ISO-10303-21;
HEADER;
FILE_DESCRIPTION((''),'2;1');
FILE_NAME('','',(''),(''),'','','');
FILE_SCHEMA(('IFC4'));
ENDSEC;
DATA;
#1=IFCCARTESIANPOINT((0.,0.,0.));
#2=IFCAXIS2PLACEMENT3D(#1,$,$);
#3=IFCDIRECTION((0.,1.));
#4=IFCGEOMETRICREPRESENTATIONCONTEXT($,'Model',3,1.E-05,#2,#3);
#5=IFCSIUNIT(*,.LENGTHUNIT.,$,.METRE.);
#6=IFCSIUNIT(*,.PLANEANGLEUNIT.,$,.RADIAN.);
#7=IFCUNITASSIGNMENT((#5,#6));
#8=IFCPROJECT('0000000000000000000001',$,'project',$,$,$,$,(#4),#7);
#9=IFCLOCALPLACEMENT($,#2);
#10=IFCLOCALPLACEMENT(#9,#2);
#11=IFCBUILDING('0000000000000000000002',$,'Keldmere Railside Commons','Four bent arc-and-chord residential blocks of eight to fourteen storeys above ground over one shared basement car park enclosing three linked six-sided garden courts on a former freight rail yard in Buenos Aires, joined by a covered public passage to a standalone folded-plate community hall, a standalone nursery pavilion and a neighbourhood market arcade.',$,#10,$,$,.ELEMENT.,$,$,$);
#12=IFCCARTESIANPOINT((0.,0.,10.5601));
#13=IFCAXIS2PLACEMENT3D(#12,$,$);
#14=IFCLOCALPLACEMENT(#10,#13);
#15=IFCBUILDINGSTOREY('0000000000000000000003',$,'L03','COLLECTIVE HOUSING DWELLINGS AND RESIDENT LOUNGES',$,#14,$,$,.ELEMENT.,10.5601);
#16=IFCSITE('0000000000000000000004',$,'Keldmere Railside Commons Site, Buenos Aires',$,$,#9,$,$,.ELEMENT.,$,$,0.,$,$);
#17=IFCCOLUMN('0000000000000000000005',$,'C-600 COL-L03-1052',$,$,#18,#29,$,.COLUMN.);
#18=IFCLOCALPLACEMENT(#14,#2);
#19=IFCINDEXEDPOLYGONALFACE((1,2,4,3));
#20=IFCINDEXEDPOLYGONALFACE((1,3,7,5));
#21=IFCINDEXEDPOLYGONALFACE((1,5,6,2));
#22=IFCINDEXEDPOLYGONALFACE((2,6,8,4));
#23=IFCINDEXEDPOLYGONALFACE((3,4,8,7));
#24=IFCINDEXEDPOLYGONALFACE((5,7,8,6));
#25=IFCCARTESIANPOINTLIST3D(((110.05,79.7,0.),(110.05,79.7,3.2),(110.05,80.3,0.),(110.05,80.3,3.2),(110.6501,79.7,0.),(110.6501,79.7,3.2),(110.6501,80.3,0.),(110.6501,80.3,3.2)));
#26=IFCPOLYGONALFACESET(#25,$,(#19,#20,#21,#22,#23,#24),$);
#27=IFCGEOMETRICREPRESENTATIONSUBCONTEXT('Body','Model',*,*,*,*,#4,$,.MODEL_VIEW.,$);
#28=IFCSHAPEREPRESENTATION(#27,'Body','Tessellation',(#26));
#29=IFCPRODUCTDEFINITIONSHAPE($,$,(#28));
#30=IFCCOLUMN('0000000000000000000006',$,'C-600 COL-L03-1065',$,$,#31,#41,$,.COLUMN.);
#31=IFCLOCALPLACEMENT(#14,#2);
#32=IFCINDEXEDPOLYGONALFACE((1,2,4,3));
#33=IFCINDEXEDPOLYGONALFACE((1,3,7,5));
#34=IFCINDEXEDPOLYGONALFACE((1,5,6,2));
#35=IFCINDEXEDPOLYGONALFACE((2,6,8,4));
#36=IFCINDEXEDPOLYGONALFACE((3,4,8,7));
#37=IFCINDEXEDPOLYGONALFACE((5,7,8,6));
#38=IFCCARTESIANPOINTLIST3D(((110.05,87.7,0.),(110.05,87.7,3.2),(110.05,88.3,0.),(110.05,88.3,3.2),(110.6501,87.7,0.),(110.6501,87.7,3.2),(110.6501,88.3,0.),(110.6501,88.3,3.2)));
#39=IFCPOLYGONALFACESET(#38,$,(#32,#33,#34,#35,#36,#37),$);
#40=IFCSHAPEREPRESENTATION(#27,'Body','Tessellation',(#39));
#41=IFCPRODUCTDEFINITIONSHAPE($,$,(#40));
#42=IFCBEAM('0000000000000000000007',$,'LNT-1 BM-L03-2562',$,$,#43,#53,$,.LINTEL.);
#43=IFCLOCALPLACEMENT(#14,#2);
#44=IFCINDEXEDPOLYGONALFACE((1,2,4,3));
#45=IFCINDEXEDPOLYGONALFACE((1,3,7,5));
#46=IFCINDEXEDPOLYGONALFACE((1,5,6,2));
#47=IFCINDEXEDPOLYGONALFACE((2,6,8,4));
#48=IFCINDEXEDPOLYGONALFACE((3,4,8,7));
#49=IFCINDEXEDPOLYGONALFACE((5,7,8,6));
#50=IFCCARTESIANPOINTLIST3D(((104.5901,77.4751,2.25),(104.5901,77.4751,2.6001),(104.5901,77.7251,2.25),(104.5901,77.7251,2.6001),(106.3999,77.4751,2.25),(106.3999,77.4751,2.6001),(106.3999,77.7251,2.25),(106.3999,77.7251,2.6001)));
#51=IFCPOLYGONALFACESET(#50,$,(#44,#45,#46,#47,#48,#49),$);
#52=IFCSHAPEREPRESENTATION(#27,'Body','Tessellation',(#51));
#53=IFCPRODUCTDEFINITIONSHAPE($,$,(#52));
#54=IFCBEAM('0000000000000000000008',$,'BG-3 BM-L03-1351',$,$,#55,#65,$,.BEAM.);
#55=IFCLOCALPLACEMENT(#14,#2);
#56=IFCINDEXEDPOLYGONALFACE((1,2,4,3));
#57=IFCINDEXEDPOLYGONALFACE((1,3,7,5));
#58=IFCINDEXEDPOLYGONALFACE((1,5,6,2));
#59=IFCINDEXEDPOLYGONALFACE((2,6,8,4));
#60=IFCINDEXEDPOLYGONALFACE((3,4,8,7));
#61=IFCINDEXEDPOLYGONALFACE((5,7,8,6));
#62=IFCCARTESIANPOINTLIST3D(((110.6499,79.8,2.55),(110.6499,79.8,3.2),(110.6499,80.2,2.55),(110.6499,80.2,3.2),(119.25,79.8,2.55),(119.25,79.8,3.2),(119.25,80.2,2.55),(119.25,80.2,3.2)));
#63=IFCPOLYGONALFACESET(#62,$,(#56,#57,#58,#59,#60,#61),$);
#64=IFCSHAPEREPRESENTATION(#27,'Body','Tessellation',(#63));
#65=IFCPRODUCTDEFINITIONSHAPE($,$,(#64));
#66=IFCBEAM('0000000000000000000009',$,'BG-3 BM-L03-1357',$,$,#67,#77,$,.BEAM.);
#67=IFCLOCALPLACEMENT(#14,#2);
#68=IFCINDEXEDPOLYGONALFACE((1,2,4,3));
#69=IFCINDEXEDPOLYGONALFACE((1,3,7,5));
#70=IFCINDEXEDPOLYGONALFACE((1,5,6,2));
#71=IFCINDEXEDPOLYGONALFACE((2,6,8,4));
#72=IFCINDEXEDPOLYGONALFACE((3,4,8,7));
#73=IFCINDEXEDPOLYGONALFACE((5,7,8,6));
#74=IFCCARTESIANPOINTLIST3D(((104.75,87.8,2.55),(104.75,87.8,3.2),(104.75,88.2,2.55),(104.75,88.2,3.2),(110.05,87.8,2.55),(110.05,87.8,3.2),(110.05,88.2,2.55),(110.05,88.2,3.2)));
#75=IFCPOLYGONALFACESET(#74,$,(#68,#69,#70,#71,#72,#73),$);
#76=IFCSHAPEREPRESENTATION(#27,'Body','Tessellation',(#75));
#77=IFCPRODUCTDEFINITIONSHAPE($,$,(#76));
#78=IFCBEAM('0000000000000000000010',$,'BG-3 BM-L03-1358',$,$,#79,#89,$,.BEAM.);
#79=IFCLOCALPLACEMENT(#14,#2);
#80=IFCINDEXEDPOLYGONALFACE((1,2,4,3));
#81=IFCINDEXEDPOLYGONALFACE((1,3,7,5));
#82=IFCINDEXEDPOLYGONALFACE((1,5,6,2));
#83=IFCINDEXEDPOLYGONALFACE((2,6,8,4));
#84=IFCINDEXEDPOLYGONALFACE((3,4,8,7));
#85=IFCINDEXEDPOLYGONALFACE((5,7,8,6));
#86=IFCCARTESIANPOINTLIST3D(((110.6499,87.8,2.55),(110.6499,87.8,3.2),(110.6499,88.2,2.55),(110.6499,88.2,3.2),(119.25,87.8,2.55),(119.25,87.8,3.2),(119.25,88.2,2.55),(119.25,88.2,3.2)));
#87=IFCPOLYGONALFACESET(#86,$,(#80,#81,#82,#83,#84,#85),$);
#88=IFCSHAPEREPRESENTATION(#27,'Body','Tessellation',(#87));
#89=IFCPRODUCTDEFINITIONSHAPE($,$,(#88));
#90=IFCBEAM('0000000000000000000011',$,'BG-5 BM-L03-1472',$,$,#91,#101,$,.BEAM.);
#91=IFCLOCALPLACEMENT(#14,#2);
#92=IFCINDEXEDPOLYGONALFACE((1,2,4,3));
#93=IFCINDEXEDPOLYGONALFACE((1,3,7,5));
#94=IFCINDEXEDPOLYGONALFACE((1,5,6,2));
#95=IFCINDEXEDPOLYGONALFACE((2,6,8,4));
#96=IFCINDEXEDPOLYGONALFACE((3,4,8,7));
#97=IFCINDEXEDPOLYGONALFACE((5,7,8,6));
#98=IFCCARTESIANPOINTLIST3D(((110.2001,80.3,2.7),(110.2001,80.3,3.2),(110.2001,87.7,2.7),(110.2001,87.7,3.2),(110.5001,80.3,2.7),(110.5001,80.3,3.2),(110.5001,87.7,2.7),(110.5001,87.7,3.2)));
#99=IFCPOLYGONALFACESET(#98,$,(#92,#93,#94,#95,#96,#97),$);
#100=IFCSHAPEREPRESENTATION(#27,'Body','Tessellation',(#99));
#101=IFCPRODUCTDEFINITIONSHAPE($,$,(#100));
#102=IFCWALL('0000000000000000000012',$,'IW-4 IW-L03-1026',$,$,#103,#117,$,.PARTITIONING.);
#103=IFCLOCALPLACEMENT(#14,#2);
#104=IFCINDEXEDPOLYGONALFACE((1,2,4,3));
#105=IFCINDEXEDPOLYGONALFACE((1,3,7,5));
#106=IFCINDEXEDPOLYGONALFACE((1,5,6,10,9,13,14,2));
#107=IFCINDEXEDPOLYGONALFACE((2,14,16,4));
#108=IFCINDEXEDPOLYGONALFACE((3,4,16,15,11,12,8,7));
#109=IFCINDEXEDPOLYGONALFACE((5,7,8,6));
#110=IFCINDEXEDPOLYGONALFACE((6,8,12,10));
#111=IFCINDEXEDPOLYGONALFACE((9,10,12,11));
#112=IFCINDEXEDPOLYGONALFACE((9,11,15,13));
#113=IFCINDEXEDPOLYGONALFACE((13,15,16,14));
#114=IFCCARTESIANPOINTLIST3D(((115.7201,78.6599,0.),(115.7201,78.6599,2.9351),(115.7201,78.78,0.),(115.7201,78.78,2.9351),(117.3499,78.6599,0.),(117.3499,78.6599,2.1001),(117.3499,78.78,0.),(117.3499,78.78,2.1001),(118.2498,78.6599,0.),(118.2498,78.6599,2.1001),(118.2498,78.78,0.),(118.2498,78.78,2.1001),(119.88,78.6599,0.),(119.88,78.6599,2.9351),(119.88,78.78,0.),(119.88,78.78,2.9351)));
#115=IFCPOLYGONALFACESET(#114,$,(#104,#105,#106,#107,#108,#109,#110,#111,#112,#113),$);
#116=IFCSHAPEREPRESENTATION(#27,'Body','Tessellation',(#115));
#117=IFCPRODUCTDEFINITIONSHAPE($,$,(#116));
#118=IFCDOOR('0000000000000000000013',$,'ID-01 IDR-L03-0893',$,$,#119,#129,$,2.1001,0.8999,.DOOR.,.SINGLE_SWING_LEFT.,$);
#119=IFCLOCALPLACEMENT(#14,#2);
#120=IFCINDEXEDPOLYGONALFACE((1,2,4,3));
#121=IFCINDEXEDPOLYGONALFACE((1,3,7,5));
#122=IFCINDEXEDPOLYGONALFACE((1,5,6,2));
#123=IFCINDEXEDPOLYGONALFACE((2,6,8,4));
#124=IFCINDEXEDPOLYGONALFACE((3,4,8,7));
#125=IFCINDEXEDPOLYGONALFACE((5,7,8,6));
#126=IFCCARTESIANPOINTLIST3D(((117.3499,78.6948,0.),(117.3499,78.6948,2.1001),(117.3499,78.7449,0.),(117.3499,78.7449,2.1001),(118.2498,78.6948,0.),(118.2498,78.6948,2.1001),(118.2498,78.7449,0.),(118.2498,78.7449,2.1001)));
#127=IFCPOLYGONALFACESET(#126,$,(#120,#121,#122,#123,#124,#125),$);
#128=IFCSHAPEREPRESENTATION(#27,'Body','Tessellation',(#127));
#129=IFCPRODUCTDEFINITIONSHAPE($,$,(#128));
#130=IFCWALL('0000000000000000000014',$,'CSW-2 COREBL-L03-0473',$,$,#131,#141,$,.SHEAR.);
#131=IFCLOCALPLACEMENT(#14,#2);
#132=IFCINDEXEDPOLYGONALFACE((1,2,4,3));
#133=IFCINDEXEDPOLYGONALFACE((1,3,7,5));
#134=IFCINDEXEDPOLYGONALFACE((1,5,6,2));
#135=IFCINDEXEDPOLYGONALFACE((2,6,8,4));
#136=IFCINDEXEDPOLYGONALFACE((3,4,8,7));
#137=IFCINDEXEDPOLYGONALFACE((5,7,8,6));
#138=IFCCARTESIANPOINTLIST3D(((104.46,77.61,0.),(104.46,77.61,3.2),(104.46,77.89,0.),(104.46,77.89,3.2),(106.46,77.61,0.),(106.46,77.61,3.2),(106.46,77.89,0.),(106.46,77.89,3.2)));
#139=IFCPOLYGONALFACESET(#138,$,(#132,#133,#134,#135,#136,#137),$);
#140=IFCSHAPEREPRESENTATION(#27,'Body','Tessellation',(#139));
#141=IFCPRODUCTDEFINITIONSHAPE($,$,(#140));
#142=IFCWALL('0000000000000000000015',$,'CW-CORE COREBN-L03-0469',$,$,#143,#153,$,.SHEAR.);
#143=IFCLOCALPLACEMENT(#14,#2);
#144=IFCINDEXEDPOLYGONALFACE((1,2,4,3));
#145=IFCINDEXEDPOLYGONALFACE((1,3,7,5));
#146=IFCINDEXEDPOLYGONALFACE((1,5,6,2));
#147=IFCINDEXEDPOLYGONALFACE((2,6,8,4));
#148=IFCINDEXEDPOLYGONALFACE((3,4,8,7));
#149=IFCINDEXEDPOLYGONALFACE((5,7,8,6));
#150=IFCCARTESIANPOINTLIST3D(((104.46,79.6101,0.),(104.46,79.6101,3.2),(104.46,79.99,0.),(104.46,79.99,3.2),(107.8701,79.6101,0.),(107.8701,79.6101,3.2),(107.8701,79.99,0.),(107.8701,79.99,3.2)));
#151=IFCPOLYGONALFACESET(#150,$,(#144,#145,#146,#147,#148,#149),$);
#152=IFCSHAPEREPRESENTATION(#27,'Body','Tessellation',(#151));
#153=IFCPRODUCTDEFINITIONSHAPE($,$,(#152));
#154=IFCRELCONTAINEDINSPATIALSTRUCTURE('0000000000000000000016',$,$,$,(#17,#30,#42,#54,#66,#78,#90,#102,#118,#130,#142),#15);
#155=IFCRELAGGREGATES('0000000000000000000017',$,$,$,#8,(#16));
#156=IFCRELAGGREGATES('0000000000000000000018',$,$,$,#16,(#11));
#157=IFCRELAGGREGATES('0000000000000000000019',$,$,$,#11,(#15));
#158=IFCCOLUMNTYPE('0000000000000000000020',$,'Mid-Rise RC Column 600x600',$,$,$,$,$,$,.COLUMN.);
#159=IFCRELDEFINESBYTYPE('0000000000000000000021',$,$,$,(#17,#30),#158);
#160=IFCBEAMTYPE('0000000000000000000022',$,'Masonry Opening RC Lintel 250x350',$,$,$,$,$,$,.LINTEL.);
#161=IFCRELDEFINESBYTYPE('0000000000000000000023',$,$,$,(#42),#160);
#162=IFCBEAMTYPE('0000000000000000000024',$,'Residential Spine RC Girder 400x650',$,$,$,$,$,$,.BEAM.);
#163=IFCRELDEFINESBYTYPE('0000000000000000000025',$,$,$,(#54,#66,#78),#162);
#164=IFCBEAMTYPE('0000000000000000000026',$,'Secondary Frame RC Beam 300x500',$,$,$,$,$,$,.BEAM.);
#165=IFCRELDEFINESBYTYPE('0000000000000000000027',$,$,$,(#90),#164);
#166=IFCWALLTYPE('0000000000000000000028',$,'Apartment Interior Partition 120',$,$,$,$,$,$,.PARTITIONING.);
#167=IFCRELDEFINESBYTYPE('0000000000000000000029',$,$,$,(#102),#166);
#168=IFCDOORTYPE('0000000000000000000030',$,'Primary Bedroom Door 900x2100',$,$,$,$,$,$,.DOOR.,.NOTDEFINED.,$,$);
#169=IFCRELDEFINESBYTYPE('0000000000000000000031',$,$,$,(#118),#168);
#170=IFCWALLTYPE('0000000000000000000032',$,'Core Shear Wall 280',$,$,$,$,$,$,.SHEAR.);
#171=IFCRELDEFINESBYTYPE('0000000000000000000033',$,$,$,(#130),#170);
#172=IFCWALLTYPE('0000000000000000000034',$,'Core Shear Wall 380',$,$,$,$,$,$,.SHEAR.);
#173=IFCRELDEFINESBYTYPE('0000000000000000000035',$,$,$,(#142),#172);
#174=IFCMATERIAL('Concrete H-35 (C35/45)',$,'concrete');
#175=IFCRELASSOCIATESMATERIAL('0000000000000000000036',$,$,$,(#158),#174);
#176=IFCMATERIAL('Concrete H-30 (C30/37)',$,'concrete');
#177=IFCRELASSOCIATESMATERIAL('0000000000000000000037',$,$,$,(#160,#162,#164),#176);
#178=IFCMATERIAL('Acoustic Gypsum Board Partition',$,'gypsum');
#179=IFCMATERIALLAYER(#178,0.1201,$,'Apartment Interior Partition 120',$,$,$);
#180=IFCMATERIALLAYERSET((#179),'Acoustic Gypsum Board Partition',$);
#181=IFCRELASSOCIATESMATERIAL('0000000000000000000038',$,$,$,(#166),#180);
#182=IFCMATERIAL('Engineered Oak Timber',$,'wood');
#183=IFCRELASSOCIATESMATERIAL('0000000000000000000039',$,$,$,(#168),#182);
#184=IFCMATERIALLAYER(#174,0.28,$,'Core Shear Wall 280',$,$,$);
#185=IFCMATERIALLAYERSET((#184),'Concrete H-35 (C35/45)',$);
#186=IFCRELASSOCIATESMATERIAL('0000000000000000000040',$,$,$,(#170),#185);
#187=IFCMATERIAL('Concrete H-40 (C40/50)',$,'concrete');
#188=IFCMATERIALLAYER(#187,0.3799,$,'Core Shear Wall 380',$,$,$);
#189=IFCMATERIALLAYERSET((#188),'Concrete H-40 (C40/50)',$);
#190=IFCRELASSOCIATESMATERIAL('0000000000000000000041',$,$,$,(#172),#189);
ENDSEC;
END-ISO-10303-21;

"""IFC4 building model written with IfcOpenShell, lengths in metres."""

from ifc_helpers import new_model, si_unit, direction, frame, frame_2d, origin, origin_2d, place, context, subcontext, project, spatial, rectangle, extrude, material, layer, layer_set, material_profile, profile_set, type_object, element, fill, save


model = new_model("IFC4")

# Units and contexts
model_context = context("Model", 3, precision=1e-05, world=origin(), true_north=direction((0.0, 1.0)))
body_context = subcontext(model_context, "Body", "Model", "MODEL_VIEW")
ifc_project = project(units=[si_unit("LENGTHUNIT", "METRE"), si_unit("PLANEANGLEUNIT", "RADIAN")], contexts=[model_context])

# Site, building, storey
site_placement = place(None, origin())
site = spatial("IfcSite", under=ifc_project, at=site_placement, Name="Keldmere Railside Commons Site, Buenos Aires", CompositionType="ELEMENT", RefElevation=0.0)
building_placement = place(site_placement, origin())
building = spatial("IfcBuilding", under=site, at=building_placement, Name="Keldmere Railside Commons", Description="Four bent arc-and-chord residential blocks of eight to fourteen storeys above ground over one shared basement car park enclosing three linked six-sided garden courts on a former freight rail yard in Buenos Aires, joined by a covered public passage to a standalone folded-plate community hall, a standalone nursery pavilion and a neighbourhood market arcade.", CompositionType="ELEMENT")
storey_placement = place(building_placement, frame((0.0, 0.0, 10.5601)))
storey = spatial("IfcBuildingStorey", under=building, at=storey_placement, Name="L03", Description="COLLECTIVE HOUSING DWELLINGS AND RESIDENT LOUNGES", CompositionType="ELEMENT", Elevation=10.5601)

# Columns
ifc_material_1 = material(Name="Concrete H-35 (C35/45)", Category="concrete")
ifc_material_profile_1 = material_profile(ifc_material_1, rectangle(XDim=0.6001, YDim=0.6001, at=origin_2d()), Name="RC-600x600")
ifc_profile_set_1 = profile_set([ifc_material_profile_1], Name="Concrete H-35 (C35/45)")
column_type = type_object("IfcColumnType", Name="Mid-Rise RC Column 600x600", PredefinedType="COLUMN", material=ifc_profile_set_1)
for number, where, z_axis, x_axis, name in (
    (1, (110.3501, 80.0, 0.0), (0.0, 0.0, 1.0), (1.0, 0.0, 0.0), "C-600 COL-L03-1052"),
    (2, (110.3501, 88.0, 0.0), (0.0, 0.0, 1.0), (1.0, 0.0, 0.0), "C-600 COL-L03-1065"),
):
    element("IfcColumn", number, at=place(storey_placement, frame(where, z_axis=z_axis, x_axis=x_axis)), inside=storey, type_object=column_type, Name=name, PredefinedType="COLUMN", context=body_context, shape_type="SweptSolid", body=[
        extrude(rectangle(XDim=0.6001, YDim=0.6001, at=origin_2d()), origin(), (0.0, 0.0, 1.0), 3.2),
    ])

# Beams
ifc_material_2 = material(Name="Concrete H-30 (C30/37)", Category="concrete")
ifc_material_profile_2 = material_profile(ifc_material_2, rectangle(XDim=0.25, YDim=0.3501, at=origin_2d()), Name="RC-250x350")
ifc_profile_set_2 = profile_set([ifc_material_profile_2], Name="Concrete H-30 (C30/37)")
beam_type_1 = type_object("IfcBeamType", Name="Masonry Opening RC Lintel 250x350", PredefinedType="LINTEL", material=ifc_profile_set_2)
beam_1_placement = place(storey_placement, frame((104.5901, 77.6001, 2.425), z_axis=(1.0, 0.0, 0.0), x_axis=(0.0, 1.0, 0.0)))
element("IfcBeam", 3, at=beam_1_placement, inside=storey, type_object=beam_type_1, Name="LNT-1 BM-L03-2562", PredefinedType="LINTEL", context=body_context, shape_type="SweptSolid", body=[
    extrude(rectangle(XDim=0.25, YDim=0.3501, at=origin_2d()), origin(), (0.0, 0.0, 1.0), 1.8098),
])
ifc_material_profile_3 = material_profile(ifc_material_2, rectangle(XDim=0.3999, YDim=0.6499, at=origin_2d()), Name="RC-400x650")
ifc_profile_set_3 = profile_set([ifc_material_profile_3], Name="Concrete H-30 (C30/37)")
beam_type_2 = type_object("IfcBeamType", Name="Residential Spine RC Girder 400x650", PredefinedType="BEAM", material=ifc_profile_set_3)
beam_2_placement = place(storey_placement, frame((110.6499, 80.0, 2.875), z_axis=(1.0, 0.0, 0.0), x_axis=(0.0, 1.0, 0.0)))
element("IfcBeam", 4, at=beam_2_placement, inside=storey, type_object=beam_type_2, Name="BG-3 BM-L03-1351", PredefinedType="BEAM", context=body_context, shape_type="SweptSolid", body=[
    extrude(rectangle(XDim=0.3999, YDim=0.6499, at=origin_2d()), origin(), (0.0, 0.0, 1.0), 8.6001),
])
beam_3_placement = place(storey_placement, frame((104.75, 88.0, 2.875), z_axis=(1.0, 0.0, 0.0), x_axis=(0.0, 1.0, 0.0)))
element("IfcBeam", 5, at=beam_3_placement, inside=storey, type_object=beam_type_2, Name="BG-3 BM-L03-1357", PredefinedType="BEAM", context=body_context, shape_type="SweptSolid", body=[
    extrude(rectangle(XDim=0.3999, YDim=0.6499, at=origin_2d()), origin(), (0.0, 0.0, 1.0), 5.3),
])
beam_4_placement = place(storey_placement, frame((110.6499, 88.0, 2.875), z_axis=(1.0, 0.0, 0.0), x_axis=(0.0, 1.0, 0.0)))
element("IfcBeam", 6, at=beam_4_placement, inside=storey, type_object=beam_type_2, Name="BG-3 BM-L03-1358", PredefinedType="BEAM", context=body_context, shape_type="SweptSolid", body=[
    extrude(rectangle(XDim=0.3999, YDim=0.6499, at=origin_2d()), origin(), (0.0, 0.0, 1.0), 8.6001),
])
ifc_material_profile_4 = material_profile(ifc_material_2, rectangle(XDim=0.3, YDim=0.5, at=origin_2d()), Name="RC-300x500")
ifc_profile_set_4 = profile_set([ifc_material_profile_4], Name="Concrete H-30 (C30/37)")
beam_type_3 = type_object("IfcBeamType", Name="Secondary Frame RC Beam 300x500", PredefinedType="BEAM", material=ifc_profile_set_4)
beam_5_placement = place(storey_placement, frame((110.3501, 80.3, 2.95), z_axis=(0.0, 1.0, 0.0), x_axis=(-1.0, 0.0, 0.0)))
element("IfcBeam", 7, at=beam_5_placement, inside=storey, type_object=beam_type_3, Name="BG-5 BM-L03-1472", PredefinedType="BEAM", context=body_context, shape_type="SweptSolid", body=[
    extrude(rectangle(XDim=0.3, YDim=0.5, at=origin_2d()), origin(), (0.0, 0.0, 1.0), 7.3999),
])

# Wall, opening, door
ifc_material_3 = material(Name="Acoustic Gypsum Board Partition", Category="gypsum")
ifc_layer_1 = layer(ifc_material_3, 0.1201, Name="Apartment Interior Partition 120")
ifc_layer_set_1 = layer_set([ifc_layer_1], Name="Acoustic Gypsum Board Partition")
wall_type_1 = type_object("IfcWallType", Name="Apartment Interior Partition 120", PredefinedType="PARTITIONING", material=ifc_layer_set_1)
wall_1_placement = place(storey_placement, frame((115.72, 78.72, 0.0), z_axis=(0.0, 0.0, 1.0), x_axis=(1.0, 0.0, 0.0)))
wall_1 = element("IfcWall", 8, at=wall_1_placement, inside=storey, type_object=wall_type_1, Name="IW-4 IW-L03-1026", PredefinedType="PARTITIONING", context=body_context, shape_type="SweptSolid", body=[
    extrude(rectangle(XDim=4.1599, YDim=0.1201, at=frame_2d((2.0801, 0.0))), origin(), (0.0, 0.0, 1.0), 2.9351),
])
opening_1_placement = place(wall_1_placement, frame((1.6299, 0.0, 0.0)))
opening_1 = element("IfcOpeningElement", 9, at=opening_1_placement, cuts=wall_1, PredefinedType="OPENING", context=body_context, shape_type="SweptSolid", body=[
    extrude(rectangle(XDim=0.8999, YDim=2.1001, at=frame_2d((0.45, 1.05))), frame((0.0, 0.0701, 0.0), z_axis=(0.0, -1.0, 0.0), x_axis=(1.0, 0.0, 0.0)), (0.0, 0.0, 1.0), 0.1401),
])
ifc_material_4 = material(Name="Engineered Oak Timber", Category="wood")
door_type_1 = type_object("IfcDoorType", Name="Primary Bedroom Door 900x2100", OperationType="NOTDEFINED", PredefinedType="DOOR", material=ifc_material_4)
door_1_placement = place(opening_1_placement, origin())
door_1 = element("IfcDoor", 10, at=door_1_placement, inside=storey, type_object=door_type_1, Name="ID-01 IDR-L03-0893", OperationType="SINGLE_SWING_LEFT", OverallHeight=2.1001, OverallWidth=0.8999, PredefinedType="DOOR", context=body_context, shape_type="SweptSolid", body=[
    extrude(rectangle(XDim=0.8999, YDim=2.1001, at=frame_2d((0.45, 1.05))), frame((0.0, 0.0249, 0.0), z_axis=(0.0, -1.0, 0.0), x_axis=(1.0, 0.0, 0.0)), (0.0, 0.0, 1.0), 0.05),
])
fill(opening_1, door_1)

# Wall
ifc_layer_2 = layer(ifc_material_1, 0.28, Name="Core Shear Wall 280")
ifc_layer_set_2 = layer_set([ifc_layer_2], Name="Concrete H-35 (C35/45)")
wall_type_2 = type_object("IfcWallType", Name="Core Shear Wall 280", PredefinedType="SHEAR", material=ifc_layer_set_2)
wall_2_placement = place(storey_placement, frame((104.46, 77.75, 0.0), z_axis=(0.0, 0.0, 1.0), x_axis=(1.0, 0.0, 0.0)))
element("IfcWall", 11, at=wall_2_placement, inside=storey, type_object=wall_type_2, Name="CSW-2 COREBL-L03-0473", PredefinedType="SHEAR", context=body_context, shape_type="SweptSolid", body=[
    extrude(rectangle(XDim=2.0, YDim=0.28, at=frame_2d((1.0, 0.0))), origin(), (0.0, 0.0, 1.0), 3.2),
])

# Wall
ifc_material_5 = material(Name="Concrete H-40 (C40/50)", Category="concrete")
ifc_layer_3 = layer(ifc_material_5, 0.3799, Name="Core Shear Wall 380")
ifc_layer_set_3 = layer_set([ifc_layer_3], Name="Concrete H-40 (C40/50)")
wall_type_3 = type_object("IfcWallType", Name="Core Shear Wall 380", PredefinedType="SHEAR", material=ifc_layer_set_3)
wall_3_placement = place(storey_placement, frame((104.46, 79.8, 0.0), z_axis=(0.0, 0.0, 1.0), x_axis=(1.0, 0.0, 0.0)))
element("IfcWall", 12, at=wall_3_placement, inside=storey, type_object=wall_type_3, Name="CW-CORE COREBN-L03-0469", PredefinedType="SHEAR", context=body_context, shape_type="SweptSolid", body=[
    extrude(rectangle(XDim=3.4102, YDim=0.3799, at=frame_2d((1.7051, 0.0))), origin(), (0.0, 0.0, 1.0), 3.2),
])

save(model, "model.ifc")
